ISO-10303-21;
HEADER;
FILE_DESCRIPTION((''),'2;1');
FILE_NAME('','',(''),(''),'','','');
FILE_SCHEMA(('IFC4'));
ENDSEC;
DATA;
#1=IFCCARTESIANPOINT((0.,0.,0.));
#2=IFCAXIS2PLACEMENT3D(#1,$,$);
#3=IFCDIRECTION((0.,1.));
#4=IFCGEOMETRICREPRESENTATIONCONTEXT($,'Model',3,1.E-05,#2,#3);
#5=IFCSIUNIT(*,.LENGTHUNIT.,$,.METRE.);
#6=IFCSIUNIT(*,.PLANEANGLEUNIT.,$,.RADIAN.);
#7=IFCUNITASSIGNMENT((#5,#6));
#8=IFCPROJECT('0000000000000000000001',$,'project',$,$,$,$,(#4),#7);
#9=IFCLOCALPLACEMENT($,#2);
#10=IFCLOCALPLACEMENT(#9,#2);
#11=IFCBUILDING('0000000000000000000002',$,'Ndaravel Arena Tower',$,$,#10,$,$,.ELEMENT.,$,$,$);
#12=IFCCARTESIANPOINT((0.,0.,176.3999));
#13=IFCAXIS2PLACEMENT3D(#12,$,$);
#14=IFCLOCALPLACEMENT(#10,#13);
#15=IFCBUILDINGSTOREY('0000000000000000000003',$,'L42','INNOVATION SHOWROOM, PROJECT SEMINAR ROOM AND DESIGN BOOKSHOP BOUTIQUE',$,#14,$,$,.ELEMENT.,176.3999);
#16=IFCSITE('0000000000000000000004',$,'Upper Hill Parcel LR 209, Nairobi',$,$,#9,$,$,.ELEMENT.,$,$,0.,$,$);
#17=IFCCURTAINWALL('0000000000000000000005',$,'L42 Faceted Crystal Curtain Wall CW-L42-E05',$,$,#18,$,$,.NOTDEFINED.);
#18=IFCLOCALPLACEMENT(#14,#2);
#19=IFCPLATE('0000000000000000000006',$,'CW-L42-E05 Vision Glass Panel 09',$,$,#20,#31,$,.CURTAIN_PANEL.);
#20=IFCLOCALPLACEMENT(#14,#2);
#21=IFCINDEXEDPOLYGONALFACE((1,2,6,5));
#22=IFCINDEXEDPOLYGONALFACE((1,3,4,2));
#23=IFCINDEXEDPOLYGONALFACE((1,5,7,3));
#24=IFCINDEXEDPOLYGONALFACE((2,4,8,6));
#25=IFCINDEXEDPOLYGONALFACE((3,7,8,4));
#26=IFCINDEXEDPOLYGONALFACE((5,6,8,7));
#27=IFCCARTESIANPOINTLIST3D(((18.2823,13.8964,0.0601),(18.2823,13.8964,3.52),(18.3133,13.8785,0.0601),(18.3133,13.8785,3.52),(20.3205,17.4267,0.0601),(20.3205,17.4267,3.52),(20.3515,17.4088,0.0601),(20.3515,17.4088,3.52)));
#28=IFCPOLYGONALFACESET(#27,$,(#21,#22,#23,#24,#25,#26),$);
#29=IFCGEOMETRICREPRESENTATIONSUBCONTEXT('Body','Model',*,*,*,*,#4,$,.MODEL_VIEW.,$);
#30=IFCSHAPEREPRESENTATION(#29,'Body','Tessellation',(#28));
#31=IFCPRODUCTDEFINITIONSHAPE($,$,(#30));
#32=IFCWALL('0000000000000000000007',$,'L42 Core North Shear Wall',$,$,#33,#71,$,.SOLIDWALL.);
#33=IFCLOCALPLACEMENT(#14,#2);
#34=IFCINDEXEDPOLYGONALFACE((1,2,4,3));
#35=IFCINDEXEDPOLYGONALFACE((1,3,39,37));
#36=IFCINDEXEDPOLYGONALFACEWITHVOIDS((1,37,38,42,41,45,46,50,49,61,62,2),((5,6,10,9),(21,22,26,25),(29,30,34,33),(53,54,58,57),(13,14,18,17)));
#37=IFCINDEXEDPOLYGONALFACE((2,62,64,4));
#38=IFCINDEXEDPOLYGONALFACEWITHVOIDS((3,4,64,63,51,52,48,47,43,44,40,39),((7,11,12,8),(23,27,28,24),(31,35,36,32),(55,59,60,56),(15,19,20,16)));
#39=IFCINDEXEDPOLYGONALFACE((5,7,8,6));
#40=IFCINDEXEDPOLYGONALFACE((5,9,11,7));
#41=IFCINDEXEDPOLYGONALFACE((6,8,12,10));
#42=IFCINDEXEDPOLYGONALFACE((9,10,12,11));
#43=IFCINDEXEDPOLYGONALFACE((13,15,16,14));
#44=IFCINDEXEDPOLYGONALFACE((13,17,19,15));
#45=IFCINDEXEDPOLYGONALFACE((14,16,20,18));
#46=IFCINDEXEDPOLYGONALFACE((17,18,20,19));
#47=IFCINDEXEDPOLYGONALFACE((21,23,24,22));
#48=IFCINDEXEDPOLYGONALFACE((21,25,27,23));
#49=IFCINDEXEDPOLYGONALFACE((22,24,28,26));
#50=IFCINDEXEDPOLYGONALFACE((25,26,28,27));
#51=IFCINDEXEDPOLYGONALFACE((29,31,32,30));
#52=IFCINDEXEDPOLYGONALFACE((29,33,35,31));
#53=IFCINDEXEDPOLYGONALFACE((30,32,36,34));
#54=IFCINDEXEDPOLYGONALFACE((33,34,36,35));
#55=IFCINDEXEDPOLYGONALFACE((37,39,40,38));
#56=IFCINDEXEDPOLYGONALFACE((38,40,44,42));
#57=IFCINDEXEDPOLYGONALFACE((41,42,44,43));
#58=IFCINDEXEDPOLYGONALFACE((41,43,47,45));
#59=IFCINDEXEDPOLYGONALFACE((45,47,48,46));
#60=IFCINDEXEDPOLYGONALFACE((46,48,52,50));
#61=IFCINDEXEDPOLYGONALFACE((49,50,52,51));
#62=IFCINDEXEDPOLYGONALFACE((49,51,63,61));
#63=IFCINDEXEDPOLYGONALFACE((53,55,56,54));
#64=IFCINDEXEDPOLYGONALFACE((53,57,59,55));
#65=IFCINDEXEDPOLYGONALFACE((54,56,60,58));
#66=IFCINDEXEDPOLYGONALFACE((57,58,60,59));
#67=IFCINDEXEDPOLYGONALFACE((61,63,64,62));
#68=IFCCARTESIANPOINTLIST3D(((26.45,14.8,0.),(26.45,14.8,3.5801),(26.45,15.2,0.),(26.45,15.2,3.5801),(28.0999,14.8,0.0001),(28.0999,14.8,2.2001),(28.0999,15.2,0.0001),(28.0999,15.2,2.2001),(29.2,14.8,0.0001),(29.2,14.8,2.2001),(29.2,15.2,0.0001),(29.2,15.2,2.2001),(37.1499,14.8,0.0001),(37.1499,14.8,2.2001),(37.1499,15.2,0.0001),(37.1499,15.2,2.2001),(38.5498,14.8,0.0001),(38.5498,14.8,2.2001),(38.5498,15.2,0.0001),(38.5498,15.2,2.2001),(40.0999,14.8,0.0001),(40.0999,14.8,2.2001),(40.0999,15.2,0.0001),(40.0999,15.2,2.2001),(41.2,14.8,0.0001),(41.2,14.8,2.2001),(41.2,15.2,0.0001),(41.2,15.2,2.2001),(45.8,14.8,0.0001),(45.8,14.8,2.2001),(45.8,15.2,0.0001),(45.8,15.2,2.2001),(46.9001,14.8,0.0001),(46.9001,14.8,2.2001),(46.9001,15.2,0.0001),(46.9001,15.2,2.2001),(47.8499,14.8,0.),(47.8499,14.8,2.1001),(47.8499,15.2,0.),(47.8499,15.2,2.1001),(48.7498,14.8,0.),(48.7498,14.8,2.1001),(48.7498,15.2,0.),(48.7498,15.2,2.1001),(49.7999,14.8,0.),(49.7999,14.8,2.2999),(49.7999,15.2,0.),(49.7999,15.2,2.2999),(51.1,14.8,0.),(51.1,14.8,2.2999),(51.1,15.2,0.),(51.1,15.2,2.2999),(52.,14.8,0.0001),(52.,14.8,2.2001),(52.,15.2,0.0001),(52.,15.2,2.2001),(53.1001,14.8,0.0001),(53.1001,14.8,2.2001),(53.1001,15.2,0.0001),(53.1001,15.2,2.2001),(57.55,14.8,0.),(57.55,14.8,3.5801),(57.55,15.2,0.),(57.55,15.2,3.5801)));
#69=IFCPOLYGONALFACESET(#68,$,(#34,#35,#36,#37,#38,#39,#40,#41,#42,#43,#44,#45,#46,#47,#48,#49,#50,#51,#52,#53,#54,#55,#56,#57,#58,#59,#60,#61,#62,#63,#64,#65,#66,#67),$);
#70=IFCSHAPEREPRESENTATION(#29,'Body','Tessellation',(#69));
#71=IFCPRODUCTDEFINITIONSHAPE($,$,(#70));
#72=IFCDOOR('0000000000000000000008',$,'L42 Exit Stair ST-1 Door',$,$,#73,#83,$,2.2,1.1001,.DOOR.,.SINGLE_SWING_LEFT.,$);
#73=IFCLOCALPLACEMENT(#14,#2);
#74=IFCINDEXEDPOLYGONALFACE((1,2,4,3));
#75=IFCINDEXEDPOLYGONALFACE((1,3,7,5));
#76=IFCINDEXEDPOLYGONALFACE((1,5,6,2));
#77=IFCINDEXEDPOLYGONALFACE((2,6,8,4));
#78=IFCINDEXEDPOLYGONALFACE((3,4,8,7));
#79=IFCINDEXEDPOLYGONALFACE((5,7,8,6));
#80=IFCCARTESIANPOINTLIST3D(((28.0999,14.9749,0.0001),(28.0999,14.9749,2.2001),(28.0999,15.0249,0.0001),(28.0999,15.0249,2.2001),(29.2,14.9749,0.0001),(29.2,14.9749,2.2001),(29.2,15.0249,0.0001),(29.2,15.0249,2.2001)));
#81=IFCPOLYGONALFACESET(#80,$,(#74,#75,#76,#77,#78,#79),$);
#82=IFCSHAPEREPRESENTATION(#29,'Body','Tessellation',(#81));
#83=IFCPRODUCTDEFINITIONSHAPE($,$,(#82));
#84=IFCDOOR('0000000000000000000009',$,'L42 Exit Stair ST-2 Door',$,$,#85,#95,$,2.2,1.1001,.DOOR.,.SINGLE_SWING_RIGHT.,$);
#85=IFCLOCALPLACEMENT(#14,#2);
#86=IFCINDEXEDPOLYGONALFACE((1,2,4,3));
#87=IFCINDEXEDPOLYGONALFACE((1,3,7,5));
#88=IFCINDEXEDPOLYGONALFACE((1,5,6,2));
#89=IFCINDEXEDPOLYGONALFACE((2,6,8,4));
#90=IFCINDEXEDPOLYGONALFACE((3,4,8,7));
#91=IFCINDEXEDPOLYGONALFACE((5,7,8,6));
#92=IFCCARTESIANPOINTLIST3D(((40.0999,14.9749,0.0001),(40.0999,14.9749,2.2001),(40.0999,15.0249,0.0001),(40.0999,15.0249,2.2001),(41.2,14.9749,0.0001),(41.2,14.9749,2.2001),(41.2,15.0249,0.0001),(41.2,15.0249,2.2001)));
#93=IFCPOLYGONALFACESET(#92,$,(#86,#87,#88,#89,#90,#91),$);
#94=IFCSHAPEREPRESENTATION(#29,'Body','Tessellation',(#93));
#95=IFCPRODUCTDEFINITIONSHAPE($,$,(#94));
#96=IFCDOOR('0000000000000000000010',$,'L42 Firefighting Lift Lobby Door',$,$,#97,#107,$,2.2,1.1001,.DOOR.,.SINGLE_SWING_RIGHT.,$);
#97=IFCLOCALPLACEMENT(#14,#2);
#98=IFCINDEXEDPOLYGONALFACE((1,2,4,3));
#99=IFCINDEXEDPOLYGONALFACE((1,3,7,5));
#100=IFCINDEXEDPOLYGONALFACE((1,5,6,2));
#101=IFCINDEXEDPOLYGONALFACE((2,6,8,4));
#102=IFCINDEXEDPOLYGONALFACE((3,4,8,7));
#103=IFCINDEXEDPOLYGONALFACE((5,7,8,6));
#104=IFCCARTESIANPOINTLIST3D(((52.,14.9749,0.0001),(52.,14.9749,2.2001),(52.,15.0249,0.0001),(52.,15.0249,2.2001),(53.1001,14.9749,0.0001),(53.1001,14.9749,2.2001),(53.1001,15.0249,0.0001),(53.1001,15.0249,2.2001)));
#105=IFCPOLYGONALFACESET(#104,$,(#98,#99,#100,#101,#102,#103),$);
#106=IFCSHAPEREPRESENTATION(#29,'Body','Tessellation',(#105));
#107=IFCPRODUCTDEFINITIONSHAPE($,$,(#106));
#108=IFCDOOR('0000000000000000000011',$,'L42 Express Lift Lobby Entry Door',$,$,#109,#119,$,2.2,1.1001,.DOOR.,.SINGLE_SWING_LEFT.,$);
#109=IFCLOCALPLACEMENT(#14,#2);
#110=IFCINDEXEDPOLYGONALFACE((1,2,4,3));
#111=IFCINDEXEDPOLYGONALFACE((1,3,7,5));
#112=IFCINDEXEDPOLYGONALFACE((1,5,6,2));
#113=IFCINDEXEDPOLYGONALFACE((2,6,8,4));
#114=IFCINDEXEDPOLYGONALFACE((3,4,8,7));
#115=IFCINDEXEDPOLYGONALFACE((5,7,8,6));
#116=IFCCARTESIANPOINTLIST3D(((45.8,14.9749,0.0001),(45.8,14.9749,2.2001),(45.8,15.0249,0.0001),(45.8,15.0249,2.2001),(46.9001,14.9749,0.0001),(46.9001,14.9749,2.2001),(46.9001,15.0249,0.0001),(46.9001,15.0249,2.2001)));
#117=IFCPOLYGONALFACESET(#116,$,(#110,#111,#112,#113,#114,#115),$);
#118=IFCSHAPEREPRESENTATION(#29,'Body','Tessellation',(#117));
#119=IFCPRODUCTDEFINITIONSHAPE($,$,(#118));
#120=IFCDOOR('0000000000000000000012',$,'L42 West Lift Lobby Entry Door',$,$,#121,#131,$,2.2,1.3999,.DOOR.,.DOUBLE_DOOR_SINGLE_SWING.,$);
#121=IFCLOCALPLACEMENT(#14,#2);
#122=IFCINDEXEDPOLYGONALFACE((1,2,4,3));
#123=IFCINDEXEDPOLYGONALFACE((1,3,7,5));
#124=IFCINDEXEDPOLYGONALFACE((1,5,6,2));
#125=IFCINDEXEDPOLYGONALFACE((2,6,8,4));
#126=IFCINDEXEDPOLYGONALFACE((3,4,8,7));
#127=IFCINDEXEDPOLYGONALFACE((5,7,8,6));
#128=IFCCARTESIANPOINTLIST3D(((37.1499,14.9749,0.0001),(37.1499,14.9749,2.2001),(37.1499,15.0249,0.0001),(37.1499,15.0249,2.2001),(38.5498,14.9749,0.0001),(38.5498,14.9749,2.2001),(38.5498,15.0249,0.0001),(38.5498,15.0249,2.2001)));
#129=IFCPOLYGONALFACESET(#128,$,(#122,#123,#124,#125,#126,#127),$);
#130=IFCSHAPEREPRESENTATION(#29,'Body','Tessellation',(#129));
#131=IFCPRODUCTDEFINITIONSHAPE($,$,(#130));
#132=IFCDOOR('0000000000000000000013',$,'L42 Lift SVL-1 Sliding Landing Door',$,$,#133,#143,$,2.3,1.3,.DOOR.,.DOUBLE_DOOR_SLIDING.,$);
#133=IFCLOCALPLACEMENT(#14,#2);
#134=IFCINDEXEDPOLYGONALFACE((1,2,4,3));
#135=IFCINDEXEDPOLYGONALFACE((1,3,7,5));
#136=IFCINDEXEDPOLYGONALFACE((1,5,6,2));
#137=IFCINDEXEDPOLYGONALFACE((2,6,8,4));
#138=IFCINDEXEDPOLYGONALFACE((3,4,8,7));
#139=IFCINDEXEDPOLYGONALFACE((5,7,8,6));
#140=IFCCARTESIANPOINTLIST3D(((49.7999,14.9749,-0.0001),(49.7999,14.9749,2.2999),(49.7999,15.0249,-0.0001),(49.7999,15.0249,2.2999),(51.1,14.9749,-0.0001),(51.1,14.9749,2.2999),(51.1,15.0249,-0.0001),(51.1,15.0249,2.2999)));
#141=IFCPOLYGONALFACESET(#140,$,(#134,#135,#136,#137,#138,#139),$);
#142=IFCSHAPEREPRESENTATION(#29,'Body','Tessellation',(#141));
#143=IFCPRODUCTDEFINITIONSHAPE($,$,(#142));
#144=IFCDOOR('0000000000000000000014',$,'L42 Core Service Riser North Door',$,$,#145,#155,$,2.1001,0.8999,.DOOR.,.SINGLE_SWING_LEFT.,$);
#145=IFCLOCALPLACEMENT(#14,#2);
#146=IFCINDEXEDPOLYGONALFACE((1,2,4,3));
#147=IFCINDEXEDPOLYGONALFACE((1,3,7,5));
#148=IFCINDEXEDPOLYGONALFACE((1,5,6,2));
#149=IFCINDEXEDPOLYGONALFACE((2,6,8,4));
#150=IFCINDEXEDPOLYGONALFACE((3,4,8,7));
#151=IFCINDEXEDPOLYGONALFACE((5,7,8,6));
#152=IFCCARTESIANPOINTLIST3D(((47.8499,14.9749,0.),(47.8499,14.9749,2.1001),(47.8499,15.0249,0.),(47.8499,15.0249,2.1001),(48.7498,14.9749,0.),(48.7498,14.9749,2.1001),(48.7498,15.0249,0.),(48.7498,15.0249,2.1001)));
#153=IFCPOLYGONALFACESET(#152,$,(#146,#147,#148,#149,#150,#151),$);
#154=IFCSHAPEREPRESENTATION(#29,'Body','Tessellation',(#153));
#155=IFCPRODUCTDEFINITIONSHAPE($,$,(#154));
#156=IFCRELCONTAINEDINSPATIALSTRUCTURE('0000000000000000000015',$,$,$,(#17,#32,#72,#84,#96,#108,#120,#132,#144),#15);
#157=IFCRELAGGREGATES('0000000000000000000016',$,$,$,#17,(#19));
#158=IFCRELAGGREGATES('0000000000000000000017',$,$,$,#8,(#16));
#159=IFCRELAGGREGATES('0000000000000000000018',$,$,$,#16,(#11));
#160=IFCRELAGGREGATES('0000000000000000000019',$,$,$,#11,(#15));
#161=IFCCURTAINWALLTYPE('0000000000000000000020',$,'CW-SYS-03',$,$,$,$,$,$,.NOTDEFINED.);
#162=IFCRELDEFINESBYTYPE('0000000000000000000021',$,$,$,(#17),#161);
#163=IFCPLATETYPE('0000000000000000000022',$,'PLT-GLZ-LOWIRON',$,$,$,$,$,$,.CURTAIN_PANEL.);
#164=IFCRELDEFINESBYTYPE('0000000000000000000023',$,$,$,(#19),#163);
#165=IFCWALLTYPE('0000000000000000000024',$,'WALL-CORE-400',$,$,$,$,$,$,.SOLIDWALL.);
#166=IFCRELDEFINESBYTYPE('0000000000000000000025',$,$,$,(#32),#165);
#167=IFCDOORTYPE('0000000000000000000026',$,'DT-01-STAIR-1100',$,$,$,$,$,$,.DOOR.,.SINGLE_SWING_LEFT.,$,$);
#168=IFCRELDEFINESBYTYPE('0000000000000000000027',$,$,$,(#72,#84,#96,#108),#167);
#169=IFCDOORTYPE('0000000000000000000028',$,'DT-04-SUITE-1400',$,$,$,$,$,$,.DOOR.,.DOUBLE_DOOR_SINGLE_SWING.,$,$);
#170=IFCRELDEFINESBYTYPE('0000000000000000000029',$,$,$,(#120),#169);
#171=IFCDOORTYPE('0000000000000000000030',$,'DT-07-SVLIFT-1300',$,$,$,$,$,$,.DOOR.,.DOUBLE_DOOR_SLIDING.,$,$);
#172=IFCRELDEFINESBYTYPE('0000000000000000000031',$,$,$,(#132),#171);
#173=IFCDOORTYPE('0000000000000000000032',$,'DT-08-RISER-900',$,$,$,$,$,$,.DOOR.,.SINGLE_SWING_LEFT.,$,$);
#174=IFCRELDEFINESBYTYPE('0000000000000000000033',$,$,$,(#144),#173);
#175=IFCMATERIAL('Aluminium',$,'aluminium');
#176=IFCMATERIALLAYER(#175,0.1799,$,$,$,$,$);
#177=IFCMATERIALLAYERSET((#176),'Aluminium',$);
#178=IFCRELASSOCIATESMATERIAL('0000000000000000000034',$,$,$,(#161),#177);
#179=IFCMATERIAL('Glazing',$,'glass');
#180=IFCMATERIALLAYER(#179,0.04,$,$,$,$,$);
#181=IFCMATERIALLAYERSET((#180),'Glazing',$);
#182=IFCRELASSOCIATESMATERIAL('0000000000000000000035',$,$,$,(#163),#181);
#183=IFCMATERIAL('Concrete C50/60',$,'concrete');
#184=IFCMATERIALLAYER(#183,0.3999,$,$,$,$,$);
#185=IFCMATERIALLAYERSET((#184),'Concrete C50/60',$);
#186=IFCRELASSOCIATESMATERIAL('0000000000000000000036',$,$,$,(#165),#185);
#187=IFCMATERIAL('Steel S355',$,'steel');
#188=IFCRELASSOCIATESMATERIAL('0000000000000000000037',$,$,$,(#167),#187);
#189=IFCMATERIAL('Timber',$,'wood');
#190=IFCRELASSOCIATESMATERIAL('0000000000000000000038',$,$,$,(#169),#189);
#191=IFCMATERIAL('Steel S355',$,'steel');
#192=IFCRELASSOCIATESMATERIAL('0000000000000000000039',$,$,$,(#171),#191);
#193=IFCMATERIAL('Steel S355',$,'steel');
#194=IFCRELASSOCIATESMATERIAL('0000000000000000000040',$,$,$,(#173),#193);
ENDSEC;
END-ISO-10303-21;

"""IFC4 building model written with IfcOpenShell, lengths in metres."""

from ifc_helpers import new_model, si_unit, direction, frame, frame_2d, origin, origin_2d, place, context, subcontext, project, spatial, rectangle, extrude, material, layer, layer_set, type_object, element, fill, aggregate, save


model = new_model("IFC4")

# Units and contexts
model_context = context("Model", 3, precision=1e-05, world=origin(), true_north=direction((0.0, 1.0)))
body_context = subcontext(model_context, "Body", "Model", "MODEL_VIEW")
ifc_project = project(units=[si_unit("LENGTHUNIT", "METRE"), si_unit("PLANEANGLEUNIT", "RADIAN")], contexts=[model_context])

# Site, building, storey
site_placement = place(None, origin())
site = spatial("IfcSite", under=ifc_project, at=site_placement, Name="Upper Hill Parcel LR 209, Nairobi", CompositionType="ELEMENT", RefElevation=0.0)
building_placement = place(site_placement, origin())
building = spatial("IfcBuilding", under=site, at=building_placement, Name="Ndaravel Arena Tower", CompositionType="ELEMENT")
storey_placement = place(building_placement, frame((0.0, 0.0, 176.3999)))
storey = spatial("IfcBuildingStorey", under=building, at=storey_placement, Name="L42", Description="INNOVATION SHOWROOM, PROJECT SEMINAR ROOM AND DESIGN BOOKSHOP BOUTIQUE", CompositionType="ELEMENT", Elevation=176.3999)

# Curtain wall, plate
ifc_material_1 = material(Name="Aluminium", Category="aluminium")
ifc_layer_1 = layer(ifc_material_1, 0.1799)
ifc_layer_set_1 = layer_set([ifc_layer_1], Name="Aluminium")
curtain_wall_type = type_object("IfcCurtainWallType", Name="CW-SYS-03", PredefinedType="NOTDEFINED", material=ifc_layer_set_1)
curtain_wall_placement = place(storey_placement, origin())
curtain_wall = element("IfcCurtainWall", 1, at=curtain_wall_placement, inside=storey, type_object=curtain_wall_type, Name="L42 Faceted Crystal Curtain Wall CW-L42-E05", PredefinedType="NOTDEFINED")
ifc_material_2 = material(Name="Glazing", Category="glass")
ifc_layer_2 = layer(ifc_material_2, 0.04)
ifc_layer_set_2 = layer_set([ifc_layer_2], Name="Glazing")
plate_type = type_object("IfcPlateType", Name="PLT-GLZ-LOWIRON", PredefinedType="CURTAIN_PANEL", material=ifc_layer_set_2)
plate_1_placement = place(storey_placement, frame((19.3169, 15.6526, 0.0601), z_axis=(0.0, 0.0, 1.0), x_axis=(-0.5, -0.866025, 0.0)))
plate_1 = element("IfcPlate", 2, at=plate_1_placement, type_object=plate_type, Name="CW-L42-E05 Vision Glass Panel 09", PredefinedType="CURTAIN_PANEL", context=body_context, shape_type="SweptSolid", body=[
    extrude(rectangle(XDim=4.0764, YDim=0.0359, at=origin_2d()), origin(), (0.0, 0.0, 1.0), 3.46),
])
aggregate(curtain_wall, [plate_1])

# Wall, openings, doors
ifc_material_3 = material(Name="Concrete C50/60", Category="concrete")
ifc_layer_3 = layer(ifc_material_3, 0.3999)
ifc_layer_set_3 = layer_set([ifc_layer_3], Name="Concrete C50/60")
wall_type_1 = type_object("IfcWallType", Name="WALL-CORE-400", PredefinedType="SOLIDWALL", material=ifc_layer_set_3)
wall_1_placement = place(storey_placement, frame((26.45, 15.0, 0.0), z_axis=(0.0, 0.0, 1.0), x_axis=(1.0, 0.0, 0.0)))
wall_1 = element("IfcWall", 3, at=wall_1_placement, inside=storey, type_object=wall_type_1, Name="L42 Core North Shear Wall", PredefinedType="SOLIDWALL", context=body_context, shape_type="SweptSolid", body=[
    extrude(rectangle(XDim=31.1001, YDim=0.3999, at=frame_2d((15.55, 0.0))), origin(), (0.0, 0.0, 1.0), 3.5801),
])
opening_1_placement = place(wall_1_placement, frame((1.6499, 0.0, 0.0)))
opening_1 = element("IfcOpeningElement", 4, at=opening_1_placement, cuts=wall_1, PredefinedType="OPENING", context=body_context, shape_type="SweptSolid", body=[
    extrude(rectangle(XDim=1.1001, YDim=2.2, at=frame_2d((0.55, 1.1001))), frame((0.0, 0.2, 0.0), z_axis=(0.0, -1.0, 0.0), x_axis=(1.0, 0.0, 0.0)), (0.0, 0.0, 1.0), 0.3999),
])
opening_2_placement = place(wall_1_placement, frame((13.6499, 0.0, 0.0)))
opening_2 = element("IfcOpeningElement", 5, at=opening_2_placement, cuts=wall_1, PredefinedType="OPENING", context=body_context, shape_type="SweptSolid", body=[
    extrude(rectangle(XDim=1.1001, YDim=2.2, at=frame_2d((0.55, 1.1001))), frame((0.0, 0.2, 0.0), z_axis=(0.0, -1.0, 0.0), x_axis=(1.0, 0.0, 0.0)), (0.0, 0.0, 1.0), 0.3999),
])
opening_3_placement = place(wall_1_placement, frame((25.55, 0.0, 0.0)))
opening_3 = element("IfcOpeningElement", 6, at=opening_3_placement, cuts=wall_1, PredefinedType="OPENING", context=body_context, shape_type="SweptSolid", body=[
    extrude(rectangle(XDim=1.1001, YDim=2.2, at=frame_2d((0.55, 1.1001))), frame((0.0, 0.2, 0.0), z_axis=(0.0, -1.0, 0.0), x_axis=(1.0, 0.0, 0.0)), (0.0, 0.0, 1.0), 0.3999),
])
opening_4_placement = place(wall_1_placement, frame((10.7, 0.0, 0.0)))
opening_4 = element("IfcOpeningElement", 7, at=opening_4_placement, cuts=wall_1, PredefinedType="OPENING", context=body_context, shape_type="SweptSolid", body=[
    extrude(rectangle(XDim=1.3999, YDim=2.2, at=frame_2d((0.7, 1.1001))), frame((0.0, 0.2, 0.0), z_axis=(0.0, -1.0, 0.0), x_axis=(1.0, 0.0, 0.0)), (0.0, 0.0, 1.0), 0.3999),
])
opening_5_placement = place(wall_1_placement, frame((19.3501, 0.0, 0.0)))
opening_5 = element("IfcOpeningElement", 8, at=opening_5_placement, cuts=wall_1, PredefinedType="OPENING", context=body_context, shape_type="SweptSolid", body=[
    extrude(rectangle(XDim=1.1001, YDim=2.2, at=frame_2d((0.55, 1.1001))), frame((0.0, 0.2, 0.0), z_axis=(0.0, -1.0, 0.0), x_axis=(1.0, 0.0, 0.0)), (0.0, 0.0, 1.0), 0.3999),
])
opening_6_placement = place(wall_1_placement, frame((21.3999, 0.0, 0.0)))
opening_6 = element("IfcOpeningElement", 9, at=opening_6_placement, cuts=wall_1, PredefinedType="OPENING", context=body_context, shape_type="SweptSolid", body=[
    extrude(rectangle(XDim=0.8999, YDim=2.1001, at=frame_2d((0.45, 1.05))), frame((0.0, 0.2, 0.0), z_axis=(0.0, -1.0, 0.0), x_axis=(1.0, 0.0, 0.0)), (0.0, 0.0, 1.0), 0.3999),
])
opening_7_placement = place(wall_1_placement, frame((23.3501, 0.0, 0.0)))
opening_7 = element("IfcOpeningElement", 10, at=opening_7_placement, cuts=wall_1, PredefinedType="OPENING", context=body_context, shape_type="SweptSolid", body=[
    extrude(rectangle(XDim=1.3, YDim=2.3, at=frame_2d((0.6499, 1.1499))), frame((0.0, 0.2, 0.0), z_axis=(0.0, -1.0, 0.0), x_axis=(1.0, 0.0, 0.0)), (0.0, 0.0, 1.0), 0.3999),
])
ifc_material_4 = material(Name="Steel S355", Category="steel")
door_type_1 = type_object("IfcDoorType", Name="DT-01-STAIR-1100", OperationType="SINGLE_SWING_LEFT", PredefinedType="DOOR", material=ifc_material_4)
door_1_placement = place(opening_1_placement, origin())
door_1 = element("IfcDoor", 11, at=door_1_placement, inside=storey, type_object=door_type_1, Name="L42 Exit Stair ST-1 Door", OperationType="SINGLE_SWING_LEFT", OverallHeight=2.2, OverallWidth=1.1001, PredefinedType="DOOR", context=body_context, shape_type="SweptSolid", body=[
    extrude(rectangle(XDim=1.1001, YDim=2.2, at=frame_2d((0.55, 1.1001))), frame((0.0, 0.0249, 0.0), z_axis=(0.0, -1.0, 0.0), x_axis=(1.0, 0.0, 0.0)), (0.0, 0.0, 1.0), 0.05),
])
fill(opening_1, door_1)
door_2_placement = place(opening_2_placement, origin())
door_2 = element("IfcDoor", 12, at=door_2_placement, inside=storey, type_object=door_type_1, Name="L42 Exit Stair ST-2 Door", OperationType="SINGLE_SWING_RIGHT", OverallHeight=2.2, OverallWidth=1.1001, PredefinedType="DOOR", context=body_context, shape_type="SweptSolid", body=[
    extrude(rectangle(XDim=1.1001, YDim=2.2, at=frame_2d((0.55, 1.1001))), frame((0.0, 0.0249, 0.0), z_axis=(0.0, -1.0, 0.0), x_axis=(1.0, 0.0, 0.0)), (0.0, 0.0, 1.0), 0.05),
])
fill(opening_2, door_2)
door_3_placement = place(opening_3_placement, origin())
door_3 = element("IfcDoor", 13, at=door_3_placement, inside=storey, type_object=door_type_1, Name="L42 Firefighting Lift Lobby Door", OperationType="SINGLE_SWING_RIGHT", OverallHeight=2.2, OverallWidth=1.1001, PredefinedType="DOOR", context=body_context, shape_type="SweptSolid", body=[
    extrude(rectangle(XDim=1.1001, YDim=2.2, at=frame_2d((0.55, 1.1001))), frame((0.0, 0.0249, 0.0), z_axis=(0.0, -1.0, 0.0), x_axis=(1.0, 0.0, 0.0)), (0.0, 0.0, 1.0), 0.05),
])
fill(opening_3, door_3)
door_4_placement = place(opening_5_placement, origin())
door_4 = element("IfcDoor", 14, at=door_4_placement, inside=storey, type_object=door_type_1, Name="L42 Express Lift Lobby Entry Door", OperationType="SINGLE_SWING_LEFT", OverallHeight=2.2, OverallWidth=1.1001, PredefinedType="DOOR", context=body_context, shape_type="SweptSolid", body=[
    extrude(rectangle(XDim=1.1001, YDim=2.2, at=frame_2d((0.55, 1.1001))), frame((0.0, 0.0249, 0.0), z_axis=(0.0, -1.0, 0.0), x_axis=(1.0, 0.0, 0.0)), (0.0, 0.0, 1.0), 0.05),
])
fill(opening_5, door_4)
ifc_material_5 = material(Name="Timber", Category="wood")
door_type_2 = type_object("IfcDoorType", Name="DT-04-SUITE-1400", OperationType="DOUBLE_DOOR_SINGLE_SWING", PredefinedType="DOOR", material=ifc_material_5)
door_5_placement = place(opening_4_placement, origin())
door_5 = element("IfcDoor", 15, at=door_5_placement, inside=storey, type_object=door_type_2, Name="L42 West Lift Lobby Entry Door", OperationType="DOUBLE_DOOR_SINGLE_SWING", OverallHeight=2.2, OverallWidth=1.3999, PredefinedType="DOOR", context=body_context, shape_type="SweptSolid", body=[
    extrude(rectangle(XDim=1.3999, YDim=2.2, at=frame_2d((0.7, 1.1001))), frame((0.0, 0.0249, 0.0), z_axis=(0.0, -1.0, 0.0), x_axis=(1.0, 0.0, 0.0)), (0.0, 0.0, 1.0), 0.05),
])
fill(opening_4, door_5)
ifc_material_6 = material(Name="Steel S355", Category="steel")
door_type_3 = type_object("IfcDoorType", Name="DT-07-SVLIFT-1300", OperationType="DOUBLE_DOOR_SLIDING", PredefinedType="DOOR", material=ifc_material_6)
door_6_placement = place(opening_7_placement, origin())
door_6 = element("IfcDoor", 16, at=door_6_placement, inside=storey, type_object=door_type_3, Name="L42 Lift SVL-1 Sliding Landing Door", OperationType="DOUBLE_DOOR_SLIDING", OverallHeight=2.3, OverallWidth=1.3, PredefinedType="DOOR", context=body_context, shape_type="SweptSolid", body=[
    extrude(rectangle(XDim=1.3, YDim=2.3, at=frame_2d((0.6499, 1.1499))), frame((0.0, 0.0249, 0.0), z_axis=(0.0, -1.0, 0.0), x_axis=(1.0, 0.0, 0.0)), (0.0, 0.0, 1.0), 0.05),
])
fill(opening_7, door_6)
ifc_material_7 = material(Name="Steel S355", Category="steel")
door_type_4 = type_object("IfcDoorType", Name="DT-08-RISER-900", OperationType="SINGLE_SWING_LEFT", PredefinedType="DOOR", material=ifc_material_7)
door_7_placement = place(opening_6_placement, origin())
door_7 = element("IfcDoor", 17, at=door_7_placement, inside=storey, type_object=door_type_4, Name="L42 Core Service Riser North Door", OperationType="SINGLE_SWING_LEFT", OverallHeight=2.1001, OverallWidth=0.8999, PredefinedType="DOOR", context=body_context, shape_type="SweptSolid", body=[
    extrude(rectangle(XDim=0.8999, YDim=2.1001, at=frame_2d((0.45, 1.05))), frame((0.0, 0.0249, 0.0), z_axis=(0.0, -1.0, 0.0), x_axis=(1.0, 0.0, 0.0)), (0.0, 0.0, 1.0), 0.05),
])
fill(opening_6, door_7)

save(model, "model.ifc")
